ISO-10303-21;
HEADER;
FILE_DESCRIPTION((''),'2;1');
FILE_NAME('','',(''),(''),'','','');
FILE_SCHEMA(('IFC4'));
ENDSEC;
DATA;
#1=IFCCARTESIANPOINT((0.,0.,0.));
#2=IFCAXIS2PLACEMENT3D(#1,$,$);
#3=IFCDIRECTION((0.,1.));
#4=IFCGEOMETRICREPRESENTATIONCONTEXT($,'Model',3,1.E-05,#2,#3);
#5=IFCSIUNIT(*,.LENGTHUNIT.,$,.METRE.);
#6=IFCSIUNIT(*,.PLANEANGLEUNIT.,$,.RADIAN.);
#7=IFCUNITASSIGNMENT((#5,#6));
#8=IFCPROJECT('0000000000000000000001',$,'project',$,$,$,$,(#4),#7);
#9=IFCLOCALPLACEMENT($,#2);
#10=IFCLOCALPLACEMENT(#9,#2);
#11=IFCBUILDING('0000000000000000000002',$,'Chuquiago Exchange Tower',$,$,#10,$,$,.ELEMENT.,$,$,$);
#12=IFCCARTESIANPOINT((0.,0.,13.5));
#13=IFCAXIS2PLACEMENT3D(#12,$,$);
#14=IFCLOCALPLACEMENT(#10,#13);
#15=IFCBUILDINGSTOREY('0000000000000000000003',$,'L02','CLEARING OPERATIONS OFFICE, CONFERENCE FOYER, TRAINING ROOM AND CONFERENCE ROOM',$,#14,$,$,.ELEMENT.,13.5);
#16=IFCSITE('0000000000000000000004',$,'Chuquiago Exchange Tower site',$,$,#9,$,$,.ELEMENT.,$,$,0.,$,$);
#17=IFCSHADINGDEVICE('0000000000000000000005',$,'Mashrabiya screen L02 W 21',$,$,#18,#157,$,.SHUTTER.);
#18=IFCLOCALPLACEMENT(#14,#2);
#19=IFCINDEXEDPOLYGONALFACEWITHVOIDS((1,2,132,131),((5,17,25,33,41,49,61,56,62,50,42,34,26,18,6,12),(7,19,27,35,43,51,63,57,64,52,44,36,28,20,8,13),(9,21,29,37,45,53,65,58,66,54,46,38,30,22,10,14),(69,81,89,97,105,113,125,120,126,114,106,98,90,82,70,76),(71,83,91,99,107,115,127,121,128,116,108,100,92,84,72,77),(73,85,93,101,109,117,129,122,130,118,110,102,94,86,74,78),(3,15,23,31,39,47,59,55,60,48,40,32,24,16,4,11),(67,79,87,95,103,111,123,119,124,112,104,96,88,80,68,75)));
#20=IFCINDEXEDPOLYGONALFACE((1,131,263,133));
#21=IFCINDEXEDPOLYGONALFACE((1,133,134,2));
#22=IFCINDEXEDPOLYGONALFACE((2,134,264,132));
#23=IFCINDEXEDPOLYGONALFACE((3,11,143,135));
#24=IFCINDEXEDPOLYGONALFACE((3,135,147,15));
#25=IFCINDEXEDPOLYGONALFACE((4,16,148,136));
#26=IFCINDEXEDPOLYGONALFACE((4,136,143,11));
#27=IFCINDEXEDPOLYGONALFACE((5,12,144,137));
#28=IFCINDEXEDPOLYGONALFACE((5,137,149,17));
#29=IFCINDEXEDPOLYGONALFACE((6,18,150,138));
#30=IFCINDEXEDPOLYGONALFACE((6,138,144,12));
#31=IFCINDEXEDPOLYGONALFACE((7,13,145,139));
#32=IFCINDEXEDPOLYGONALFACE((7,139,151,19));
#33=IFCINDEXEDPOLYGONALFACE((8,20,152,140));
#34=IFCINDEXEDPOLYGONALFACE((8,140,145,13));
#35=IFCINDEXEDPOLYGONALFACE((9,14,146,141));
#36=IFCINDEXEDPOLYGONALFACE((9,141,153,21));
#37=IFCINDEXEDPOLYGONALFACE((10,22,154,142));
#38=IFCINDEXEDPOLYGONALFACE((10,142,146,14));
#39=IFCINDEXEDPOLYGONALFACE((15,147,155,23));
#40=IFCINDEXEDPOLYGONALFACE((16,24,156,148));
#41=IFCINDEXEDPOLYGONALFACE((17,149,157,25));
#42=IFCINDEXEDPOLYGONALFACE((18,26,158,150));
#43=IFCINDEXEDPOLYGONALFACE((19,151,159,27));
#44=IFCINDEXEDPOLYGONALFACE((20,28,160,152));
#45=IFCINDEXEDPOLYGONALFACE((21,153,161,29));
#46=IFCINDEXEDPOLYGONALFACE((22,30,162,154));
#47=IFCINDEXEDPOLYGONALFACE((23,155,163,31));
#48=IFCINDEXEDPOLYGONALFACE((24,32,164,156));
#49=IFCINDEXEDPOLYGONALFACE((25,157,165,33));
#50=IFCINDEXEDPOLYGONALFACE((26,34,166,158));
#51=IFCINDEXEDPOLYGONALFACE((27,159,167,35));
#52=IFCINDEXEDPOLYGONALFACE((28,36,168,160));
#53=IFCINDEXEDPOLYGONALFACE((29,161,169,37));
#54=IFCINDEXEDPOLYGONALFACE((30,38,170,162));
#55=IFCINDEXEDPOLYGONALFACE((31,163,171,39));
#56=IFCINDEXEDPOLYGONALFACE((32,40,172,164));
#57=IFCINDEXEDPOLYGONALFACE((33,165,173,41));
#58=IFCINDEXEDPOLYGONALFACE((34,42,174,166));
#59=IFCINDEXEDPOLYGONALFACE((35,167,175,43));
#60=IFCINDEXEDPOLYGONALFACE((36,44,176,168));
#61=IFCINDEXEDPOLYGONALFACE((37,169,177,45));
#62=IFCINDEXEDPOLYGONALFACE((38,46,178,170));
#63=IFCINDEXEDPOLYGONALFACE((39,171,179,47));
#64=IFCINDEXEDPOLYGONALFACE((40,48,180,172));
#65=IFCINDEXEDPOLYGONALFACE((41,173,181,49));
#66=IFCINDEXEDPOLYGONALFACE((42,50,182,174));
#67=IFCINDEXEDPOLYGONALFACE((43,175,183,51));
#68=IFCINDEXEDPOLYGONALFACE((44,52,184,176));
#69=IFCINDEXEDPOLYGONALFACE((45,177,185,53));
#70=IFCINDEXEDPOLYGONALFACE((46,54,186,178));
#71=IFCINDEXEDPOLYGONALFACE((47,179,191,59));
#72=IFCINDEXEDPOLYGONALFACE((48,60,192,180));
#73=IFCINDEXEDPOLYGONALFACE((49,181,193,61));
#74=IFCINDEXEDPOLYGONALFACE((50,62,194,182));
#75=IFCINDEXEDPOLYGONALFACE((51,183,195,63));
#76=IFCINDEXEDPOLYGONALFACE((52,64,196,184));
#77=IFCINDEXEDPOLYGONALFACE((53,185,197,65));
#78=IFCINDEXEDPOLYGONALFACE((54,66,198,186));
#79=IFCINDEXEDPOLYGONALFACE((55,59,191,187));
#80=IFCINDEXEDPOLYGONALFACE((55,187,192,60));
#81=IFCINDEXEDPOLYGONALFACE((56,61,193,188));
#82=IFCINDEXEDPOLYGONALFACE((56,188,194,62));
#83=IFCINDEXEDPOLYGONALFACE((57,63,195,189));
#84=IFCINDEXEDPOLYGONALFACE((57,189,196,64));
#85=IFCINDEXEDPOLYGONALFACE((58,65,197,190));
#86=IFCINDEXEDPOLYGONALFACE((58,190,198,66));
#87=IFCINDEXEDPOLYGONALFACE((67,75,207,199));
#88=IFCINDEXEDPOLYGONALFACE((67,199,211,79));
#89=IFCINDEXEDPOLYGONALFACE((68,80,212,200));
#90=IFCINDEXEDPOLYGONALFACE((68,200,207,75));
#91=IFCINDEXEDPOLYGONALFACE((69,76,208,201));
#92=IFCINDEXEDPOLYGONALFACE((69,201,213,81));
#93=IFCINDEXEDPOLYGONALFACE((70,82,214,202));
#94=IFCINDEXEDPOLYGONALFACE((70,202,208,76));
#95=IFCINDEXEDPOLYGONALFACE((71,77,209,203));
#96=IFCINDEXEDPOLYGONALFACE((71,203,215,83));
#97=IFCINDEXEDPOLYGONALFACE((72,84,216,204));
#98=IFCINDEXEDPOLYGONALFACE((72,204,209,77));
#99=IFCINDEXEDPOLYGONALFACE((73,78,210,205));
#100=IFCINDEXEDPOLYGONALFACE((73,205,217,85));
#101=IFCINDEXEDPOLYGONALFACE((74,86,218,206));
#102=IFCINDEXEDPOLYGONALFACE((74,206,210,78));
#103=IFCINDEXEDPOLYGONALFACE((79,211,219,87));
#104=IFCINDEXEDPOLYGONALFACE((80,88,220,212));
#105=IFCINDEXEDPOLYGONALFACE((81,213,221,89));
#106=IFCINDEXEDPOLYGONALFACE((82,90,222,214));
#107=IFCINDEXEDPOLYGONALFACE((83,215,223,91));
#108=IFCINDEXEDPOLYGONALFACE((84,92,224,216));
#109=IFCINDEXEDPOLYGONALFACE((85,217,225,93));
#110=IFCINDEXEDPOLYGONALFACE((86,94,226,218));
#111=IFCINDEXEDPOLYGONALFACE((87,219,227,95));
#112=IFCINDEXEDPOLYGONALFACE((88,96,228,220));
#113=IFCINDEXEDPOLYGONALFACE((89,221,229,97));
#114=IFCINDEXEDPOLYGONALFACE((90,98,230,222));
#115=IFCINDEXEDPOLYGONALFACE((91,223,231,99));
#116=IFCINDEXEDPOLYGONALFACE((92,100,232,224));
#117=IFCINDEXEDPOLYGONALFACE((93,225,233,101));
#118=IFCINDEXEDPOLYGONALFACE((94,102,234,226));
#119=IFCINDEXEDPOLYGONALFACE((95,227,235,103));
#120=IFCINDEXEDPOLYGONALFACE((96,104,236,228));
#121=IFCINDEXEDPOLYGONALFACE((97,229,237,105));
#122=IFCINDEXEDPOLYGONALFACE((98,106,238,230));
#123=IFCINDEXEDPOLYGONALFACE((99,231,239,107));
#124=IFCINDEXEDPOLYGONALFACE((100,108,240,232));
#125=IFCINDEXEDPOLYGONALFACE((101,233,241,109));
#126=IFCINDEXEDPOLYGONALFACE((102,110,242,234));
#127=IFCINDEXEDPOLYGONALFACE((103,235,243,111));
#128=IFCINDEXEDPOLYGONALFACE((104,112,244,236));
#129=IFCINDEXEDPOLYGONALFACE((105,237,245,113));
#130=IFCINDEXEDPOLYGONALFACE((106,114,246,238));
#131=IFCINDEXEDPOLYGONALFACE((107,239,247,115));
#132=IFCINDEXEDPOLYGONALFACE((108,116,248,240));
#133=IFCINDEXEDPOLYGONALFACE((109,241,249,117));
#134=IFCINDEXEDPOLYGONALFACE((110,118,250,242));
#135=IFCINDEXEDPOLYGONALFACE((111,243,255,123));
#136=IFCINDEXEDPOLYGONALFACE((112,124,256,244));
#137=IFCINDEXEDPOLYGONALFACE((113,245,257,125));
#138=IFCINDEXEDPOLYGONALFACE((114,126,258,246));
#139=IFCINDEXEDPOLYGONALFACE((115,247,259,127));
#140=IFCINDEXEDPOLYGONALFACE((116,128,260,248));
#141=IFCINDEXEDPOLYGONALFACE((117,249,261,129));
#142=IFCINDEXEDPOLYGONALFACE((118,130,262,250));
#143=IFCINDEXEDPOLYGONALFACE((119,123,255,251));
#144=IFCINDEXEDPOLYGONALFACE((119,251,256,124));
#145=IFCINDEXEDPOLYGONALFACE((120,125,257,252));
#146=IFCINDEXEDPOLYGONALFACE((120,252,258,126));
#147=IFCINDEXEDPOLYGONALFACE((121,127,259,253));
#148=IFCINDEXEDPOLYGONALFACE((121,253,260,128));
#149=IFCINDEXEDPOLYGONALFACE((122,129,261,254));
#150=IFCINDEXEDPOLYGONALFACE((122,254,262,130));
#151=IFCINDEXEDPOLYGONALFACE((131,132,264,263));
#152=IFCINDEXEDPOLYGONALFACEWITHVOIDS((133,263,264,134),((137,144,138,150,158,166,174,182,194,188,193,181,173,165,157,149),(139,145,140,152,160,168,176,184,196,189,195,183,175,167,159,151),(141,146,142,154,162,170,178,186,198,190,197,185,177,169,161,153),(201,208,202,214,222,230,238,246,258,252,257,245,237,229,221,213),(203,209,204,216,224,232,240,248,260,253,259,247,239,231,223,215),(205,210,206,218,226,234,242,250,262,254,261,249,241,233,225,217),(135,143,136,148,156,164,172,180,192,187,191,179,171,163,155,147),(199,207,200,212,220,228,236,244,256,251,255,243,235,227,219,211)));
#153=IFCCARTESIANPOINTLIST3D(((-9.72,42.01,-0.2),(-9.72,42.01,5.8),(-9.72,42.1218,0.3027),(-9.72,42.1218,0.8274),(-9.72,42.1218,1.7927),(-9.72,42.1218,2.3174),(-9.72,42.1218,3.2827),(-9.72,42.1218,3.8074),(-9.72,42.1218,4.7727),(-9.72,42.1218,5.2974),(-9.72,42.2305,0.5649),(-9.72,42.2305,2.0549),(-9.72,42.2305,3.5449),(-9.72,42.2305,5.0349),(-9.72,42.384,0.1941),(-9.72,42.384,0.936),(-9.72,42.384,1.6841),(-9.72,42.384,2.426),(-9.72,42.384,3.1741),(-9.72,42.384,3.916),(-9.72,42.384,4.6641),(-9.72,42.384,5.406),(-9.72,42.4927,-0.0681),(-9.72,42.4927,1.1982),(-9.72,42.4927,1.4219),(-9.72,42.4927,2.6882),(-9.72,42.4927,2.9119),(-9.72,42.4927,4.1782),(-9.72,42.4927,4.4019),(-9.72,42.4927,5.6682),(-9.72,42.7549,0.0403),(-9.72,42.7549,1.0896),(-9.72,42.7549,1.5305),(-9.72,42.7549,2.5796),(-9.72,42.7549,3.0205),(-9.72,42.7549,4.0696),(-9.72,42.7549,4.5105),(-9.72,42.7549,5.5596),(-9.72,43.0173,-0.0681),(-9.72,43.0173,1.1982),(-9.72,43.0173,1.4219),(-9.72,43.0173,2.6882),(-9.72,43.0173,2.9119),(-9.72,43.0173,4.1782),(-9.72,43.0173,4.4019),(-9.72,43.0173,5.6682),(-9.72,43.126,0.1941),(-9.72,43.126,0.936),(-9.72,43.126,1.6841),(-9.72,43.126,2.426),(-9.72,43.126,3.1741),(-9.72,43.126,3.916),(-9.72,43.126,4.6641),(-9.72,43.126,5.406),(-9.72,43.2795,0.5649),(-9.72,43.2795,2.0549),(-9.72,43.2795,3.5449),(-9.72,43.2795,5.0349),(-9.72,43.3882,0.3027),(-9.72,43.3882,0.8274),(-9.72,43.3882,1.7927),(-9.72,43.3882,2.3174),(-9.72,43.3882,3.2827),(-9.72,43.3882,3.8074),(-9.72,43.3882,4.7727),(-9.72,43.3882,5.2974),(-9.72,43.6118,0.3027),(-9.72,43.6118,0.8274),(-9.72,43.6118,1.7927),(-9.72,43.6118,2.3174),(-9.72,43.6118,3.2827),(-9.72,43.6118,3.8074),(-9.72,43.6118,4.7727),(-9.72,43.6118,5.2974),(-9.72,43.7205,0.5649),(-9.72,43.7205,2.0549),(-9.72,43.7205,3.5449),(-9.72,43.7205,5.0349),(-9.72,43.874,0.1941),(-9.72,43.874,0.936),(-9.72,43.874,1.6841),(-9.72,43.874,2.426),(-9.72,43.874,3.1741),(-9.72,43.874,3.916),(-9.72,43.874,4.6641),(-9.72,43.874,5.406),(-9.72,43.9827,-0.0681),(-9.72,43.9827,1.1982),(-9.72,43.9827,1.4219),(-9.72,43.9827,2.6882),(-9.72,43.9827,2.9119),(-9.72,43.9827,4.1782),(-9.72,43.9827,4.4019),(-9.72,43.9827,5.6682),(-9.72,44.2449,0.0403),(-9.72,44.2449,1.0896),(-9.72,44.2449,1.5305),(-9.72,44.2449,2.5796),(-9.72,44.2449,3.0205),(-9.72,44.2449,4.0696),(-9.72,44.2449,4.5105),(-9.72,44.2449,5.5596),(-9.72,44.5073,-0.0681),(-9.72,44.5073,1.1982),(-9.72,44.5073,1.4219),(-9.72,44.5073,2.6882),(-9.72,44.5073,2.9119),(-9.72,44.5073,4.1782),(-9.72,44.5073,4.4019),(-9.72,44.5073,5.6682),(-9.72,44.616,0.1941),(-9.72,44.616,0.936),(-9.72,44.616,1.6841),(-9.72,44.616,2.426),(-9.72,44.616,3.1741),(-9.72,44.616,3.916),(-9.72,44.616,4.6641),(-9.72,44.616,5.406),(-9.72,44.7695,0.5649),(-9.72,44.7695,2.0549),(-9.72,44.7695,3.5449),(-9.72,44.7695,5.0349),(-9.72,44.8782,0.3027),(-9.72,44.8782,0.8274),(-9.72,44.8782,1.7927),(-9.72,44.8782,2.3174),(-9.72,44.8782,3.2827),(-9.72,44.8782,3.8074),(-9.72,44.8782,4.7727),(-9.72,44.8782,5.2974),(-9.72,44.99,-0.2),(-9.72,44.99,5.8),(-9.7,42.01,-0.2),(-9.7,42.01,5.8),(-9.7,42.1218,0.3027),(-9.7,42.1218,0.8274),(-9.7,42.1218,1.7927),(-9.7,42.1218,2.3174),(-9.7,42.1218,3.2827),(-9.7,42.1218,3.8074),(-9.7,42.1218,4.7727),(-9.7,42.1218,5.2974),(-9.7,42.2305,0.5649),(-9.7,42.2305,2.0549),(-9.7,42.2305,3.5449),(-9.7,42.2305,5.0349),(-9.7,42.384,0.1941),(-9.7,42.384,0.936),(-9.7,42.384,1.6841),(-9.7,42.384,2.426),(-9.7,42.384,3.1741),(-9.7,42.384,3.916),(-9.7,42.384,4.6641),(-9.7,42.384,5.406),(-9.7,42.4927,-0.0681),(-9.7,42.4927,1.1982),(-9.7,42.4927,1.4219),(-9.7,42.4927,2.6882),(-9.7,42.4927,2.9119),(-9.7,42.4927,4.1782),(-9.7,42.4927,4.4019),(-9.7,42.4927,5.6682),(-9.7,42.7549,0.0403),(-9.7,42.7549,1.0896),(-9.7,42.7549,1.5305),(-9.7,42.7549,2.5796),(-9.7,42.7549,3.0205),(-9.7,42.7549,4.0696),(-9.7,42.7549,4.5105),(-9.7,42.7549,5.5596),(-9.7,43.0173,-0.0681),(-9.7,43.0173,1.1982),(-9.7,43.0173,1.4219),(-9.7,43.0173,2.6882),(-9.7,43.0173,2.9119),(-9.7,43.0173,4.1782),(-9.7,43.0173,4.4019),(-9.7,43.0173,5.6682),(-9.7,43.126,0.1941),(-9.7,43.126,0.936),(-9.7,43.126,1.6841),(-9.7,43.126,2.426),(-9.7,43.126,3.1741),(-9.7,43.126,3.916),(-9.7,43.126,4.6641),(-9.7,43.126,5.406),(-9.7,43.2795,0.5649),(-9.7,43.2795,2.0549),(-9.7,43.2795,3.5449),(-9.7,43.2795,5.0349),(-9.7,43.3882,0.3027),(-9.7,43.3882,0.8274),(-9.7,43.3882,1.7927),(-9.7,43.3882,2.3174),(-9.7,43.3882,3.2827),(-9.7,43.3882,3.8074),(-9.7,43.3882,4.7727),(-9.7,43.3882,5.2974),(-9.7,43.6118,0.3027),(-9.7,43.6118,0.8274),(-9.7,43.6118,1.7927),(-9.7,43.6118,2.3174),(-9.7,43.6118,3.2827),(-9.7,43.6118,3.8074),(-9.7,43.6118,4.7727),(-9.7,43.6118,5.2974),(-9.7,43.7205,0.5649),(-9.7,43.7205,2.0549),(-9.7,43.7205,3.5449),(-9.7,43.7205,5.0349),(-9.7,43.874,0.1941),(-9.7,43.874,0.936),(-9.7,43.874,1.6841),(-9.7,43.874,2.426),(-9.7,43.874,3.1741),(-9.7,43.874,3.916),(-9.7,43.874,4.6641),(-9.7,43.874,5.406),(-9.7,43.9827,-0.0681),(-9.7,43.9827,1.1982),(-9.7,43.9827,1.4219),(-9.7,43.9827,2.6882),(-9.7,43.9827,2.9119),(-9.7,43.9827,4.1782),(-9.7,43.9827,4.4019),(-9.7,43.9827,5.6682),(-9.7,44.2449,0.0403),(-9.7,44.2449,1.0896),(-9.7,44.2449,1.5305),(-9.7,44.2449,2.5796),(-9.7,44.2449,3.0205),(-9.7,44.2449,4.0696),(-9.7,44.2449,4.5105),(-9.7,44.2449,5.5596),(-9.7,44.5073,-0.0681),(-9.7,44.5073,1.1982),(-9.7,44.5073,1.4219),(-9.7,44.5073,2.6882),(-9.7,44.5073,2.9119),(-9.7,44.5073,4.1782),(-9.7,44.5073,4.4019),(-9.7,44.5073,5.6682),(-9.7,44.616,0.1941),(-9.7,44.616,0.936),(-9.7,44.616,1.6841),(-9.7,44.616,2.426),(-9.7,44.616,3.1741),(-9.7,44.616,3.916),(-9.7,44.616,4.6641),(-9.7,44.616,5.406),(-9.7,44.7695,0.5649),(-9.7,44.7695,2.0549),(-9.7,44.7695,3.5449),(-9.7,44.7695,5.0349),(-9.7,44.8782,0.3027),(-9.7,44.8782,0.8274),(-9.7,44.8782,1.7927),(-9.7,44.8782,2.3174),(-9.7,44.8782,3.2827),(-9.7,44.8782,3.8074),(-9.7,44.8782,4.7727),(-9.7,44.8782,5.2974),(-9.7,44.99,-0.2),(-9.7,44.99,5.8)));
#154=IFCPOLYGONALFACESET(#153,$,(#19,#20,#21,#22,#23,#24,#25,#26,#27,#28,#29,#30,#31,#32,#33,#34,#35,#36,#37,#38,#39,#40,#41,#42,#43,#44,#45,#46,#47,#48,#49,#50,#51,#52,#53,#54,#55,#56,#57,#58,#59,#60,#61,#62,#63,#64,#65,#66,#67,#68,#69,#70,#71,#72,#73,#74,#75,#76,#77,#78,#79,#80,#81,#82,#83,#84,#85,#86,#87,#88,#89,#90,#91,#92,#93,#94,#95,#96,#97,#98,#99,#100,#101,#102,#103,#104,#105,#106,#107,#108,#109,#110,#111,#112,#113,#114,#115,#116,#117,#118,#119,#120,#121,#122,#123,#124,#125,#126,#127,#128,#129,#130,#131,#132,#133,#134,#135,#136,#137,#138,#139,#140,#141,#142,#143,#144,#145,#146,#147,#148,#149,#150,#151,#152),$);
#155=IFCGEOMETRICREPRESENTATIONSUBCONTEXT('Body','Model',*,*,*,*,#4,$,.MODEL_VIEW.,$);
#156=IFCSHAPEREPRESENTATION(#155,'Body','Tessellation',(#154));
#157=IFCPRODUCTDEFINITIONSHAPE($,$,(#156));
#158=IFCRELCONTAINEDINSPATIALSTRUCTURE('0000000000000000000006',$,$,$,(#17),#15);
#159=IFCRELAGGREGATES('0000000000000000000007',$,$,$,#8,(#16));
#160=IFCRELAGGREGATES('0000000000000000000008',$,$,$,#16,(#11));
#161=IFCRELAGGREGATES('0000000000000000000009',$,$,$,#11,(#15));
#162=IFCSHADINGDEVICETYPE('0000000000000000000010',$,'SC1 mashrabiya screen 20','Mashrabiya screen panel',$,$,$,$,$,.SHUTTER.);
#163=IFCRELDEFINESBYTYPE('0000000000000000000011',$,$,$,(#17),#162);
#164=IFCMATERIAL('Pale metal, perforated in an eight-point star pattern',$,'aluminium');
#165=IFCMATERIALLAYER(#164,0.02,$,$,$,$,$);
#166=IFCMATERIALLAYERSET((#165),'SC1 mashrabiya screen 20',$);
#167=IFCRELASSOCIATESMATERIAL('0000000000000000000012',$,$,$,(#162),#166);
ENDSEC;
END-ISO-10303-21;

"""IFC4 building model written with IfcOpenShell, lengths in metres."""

from ifc_helpers import new_model, si_unit, direction, frame, origin, place, context, subcontext, project, spatial, polyline, outline, extrude, material, layer, layer_set, type_object, element, save


model = new_model("IFC4")

# Units and contexts
model_context = context("Model", 3, precision=1e-05, world=origin(), true_north=direction((0.0, 1.0)))
body_context = subcontext(model_context, "Body", "Model", "MODEL_VIEW")
ifc_project = project(units=[si_unit("LENGTHUNIT", "METRE"), si_unit("PLANEANGLEUNIT", "RADIAN")], contexts=[model_context])

# Site, building, storey
site_placement = place(None, origin())
site = spatial("IfcSite", under=ifc_project, at=site_placement, Name="Chuquiago Exchange Tower site", CompositionType="ELEMENT", RefElevation=0.0)
building_placement = place(site_placement, origin())
building = spatial("IfcBuilding", under=site, at=building_placement, Name="Chuquiago Exchange Tower", CompositionType="ELEMENT")
storey_placement = place(building_placement, frame((0.0, 0.0, 13.5)))
storey = spatial("IfcBuildingStorey", under=building, at=storey_placement, Name="L02", Description="CLEARING OPERATIONS OFFICE, CONFERENCE FOYER, TRAINING ROOM AND CONFERENCE ROOM", CompositionType="ELEMENT", Elevation=13.5)

# Shading device
ifc_material_1 = material(Name="Pale metal, perforated in an eight-point star pattern", Category="aluminium")
ifc_layer_1 = layer(ifc_material_1, 0.02)
ifc_layer_set_1 = layer_set([ifc_layer_1], Name="SC1 mashrabiya screen 20")
shading_device_type = type_object("IfcShadingDeviceType", Name="SC1 mashrabiya screen 20", Description="Mashrabiya screen panel", PredefinedType="SHUTTER", material=ifc_layer_set_1)
shading_device_1_placement = place(storey_placement, frame((-9.7, 44.99, -0.2), z_axis=(0.0, 0.0, 1.0), x_axis=(0.0, -1.0, 0.0)))
element("IfcShadingDevice", 1, at=shading_device_1_placement, inside=storey, type_object=shading_device_type, Name="Mashrabiya screen L02 W 21", PredefinedType="SHUTTER", context=body_context, shape_type="SweptSolid", body=[
    extrude(outline(polyline([(0.0, 0.0), (2.98, 0.0), (2.98, 6.0), (0.0, 6.0), (0.0, 0.0)]), holes=[polyline([(1.2695, 0.7649), (1.3782, 1.0273), (1.116, 1.136), (1.0073, 1.3982), (0.7451, 1.2896), (0.4827, 1.3982), (0.374, 1.136), (0.1118, 1.0273), (0.2205, 0.7649), (0.1118, 0.5027), (0.374, 0.394), (0.4827, 0.1318), (0.7451, 0.2402), (1.0073, 0.1318), (1.116, 0.394), (1.3782, 0.5027), (1.2695, 0.7649)]), polyline([(2.7595, 0.7649), (2.8682, 1.0273), (2.606, 1.136), (2.4973, 1.3982), (2.2351, 1.2896), (1.9727, 1.3982), (1.864, 1.136), (1.6018, 1.0273), (1.7104, 0.7649), (1.6018, 0.5027), (1.864, 0.394), (1.9727, 0.1318), (2.2351, 0.2402), (2.4973, 0.1318), (2.606, 0.394), (2.8682, 0.5027), (2.7595, 0.7649)]), polyline([(1.2695, 2.2549), (1.3782, 2.5173), (1.116, 2.626), (1.0073, 2.8882), (0.7451, 2.7795), (0.4827, 2.8882), (0.374, 2.626), (0.1118, 2.5173), (0.2205, 2.2549), (0.1118, 1.9927), (0.374, 1.884), (0.4827, 1.6218), (0.7451, 1.7305), (1.0073, 1.6218), (1.116, 1.884), (1.3782, 1.9927), (1.2695, 2.2549)]), polyline([(2.7595, 2.2549), (2.8682, 2.5173), (2.606, 2.626), (2.4973, 2.8882), (2.2351, 2.7795), (1.9727, 2.8882), (1.864, 2.626), (1.6018, 2.5173), (1.7104, 2.2549), (1.6018, 1.9927), (1.864, 1.884), (1.9727, 1.6218), (2.2351, 1.7305), (2.4973, 1.6218), (2.606, 1.884), (2.8682, 1.9927), (2.7595, 2.2549)]), polyline([(1.2695, 3.7449), (1.3782, 4.0073), (1.116, 4.116), (1.0073, 4.3782), (0.7451, 4.2695), (0.4827, 4.3782), (0.374, 4.116), (0.1118, 4.0073), (0.2205, 3.7449), (0.1118, 3.4827), (0.374, 3.374), (0.4827, 3.1118), (0.7451, 3.2205), (1.0073, 3.1118), (1.116, 3.374), (1.3782, 3.4827), (1.2695, 3.7449)]), polyline([(2.7595, 3.7449), (2.8682, 4.0073), (2.606, 4.116), (2.4973, 4.3782), (2.2351, 4.2695), (1.9727, 4.3782), (1.864, 4.116), (1.6018, 4.0073), (1.7104, 3.7449), (1.6018, 3.4827), (1.864, 3.374), (1.9727, 3.1118), (2.2351, 3.2205), (2.4973, 3.1118), (2.606, 3.374), (2.8682, 3.4827), (2.7595, 3.7449)]), polyline([(1.2695, 5.2349), (1.3782, 5.4973), (1.116, 5.606), (1.0073, 5.8682), (0.7451, 5.7595), (0.4827, 5.8682), (0.374, 5.606), (0.1118, 5.4973), (0.2205, 5.2349), (0.1118, 4.9727), (0.374, 4.864), (0.4827, 4.6018), (0.7451, 4.7104), (1.0073, 4.6018), (1.116, 4.864), (1.3782, 4.9727), (1.2695, 5.2349)]), polyline([(2.7595, 5.2349), (2.8682, 5.4973), (2.606, 5.606), (2.4973, 5.8682), (2.2351, 5.7595), (1.9727, 5.8682), (1.864, 5.606), (1.6018, 5.4973), (1.7104, 5.2349), (1.6018, 4.9727), (1.864, 4.864), (1.9727, 4.6018), (2.2351, 4.7104), (2.4973, 4.6018), (2.606, 4.864), (2.8682, 4.9727), (2.7595, 5.2349)])]), frame((0.0, 0.0, 0.0), z_axis=(0.0, -1.0, 0.0), x_axis=(1.0, 0.0, 0.0)), (0.0, 0.0, 1.0), 0.02),
])

save(model, "model.ifc")
